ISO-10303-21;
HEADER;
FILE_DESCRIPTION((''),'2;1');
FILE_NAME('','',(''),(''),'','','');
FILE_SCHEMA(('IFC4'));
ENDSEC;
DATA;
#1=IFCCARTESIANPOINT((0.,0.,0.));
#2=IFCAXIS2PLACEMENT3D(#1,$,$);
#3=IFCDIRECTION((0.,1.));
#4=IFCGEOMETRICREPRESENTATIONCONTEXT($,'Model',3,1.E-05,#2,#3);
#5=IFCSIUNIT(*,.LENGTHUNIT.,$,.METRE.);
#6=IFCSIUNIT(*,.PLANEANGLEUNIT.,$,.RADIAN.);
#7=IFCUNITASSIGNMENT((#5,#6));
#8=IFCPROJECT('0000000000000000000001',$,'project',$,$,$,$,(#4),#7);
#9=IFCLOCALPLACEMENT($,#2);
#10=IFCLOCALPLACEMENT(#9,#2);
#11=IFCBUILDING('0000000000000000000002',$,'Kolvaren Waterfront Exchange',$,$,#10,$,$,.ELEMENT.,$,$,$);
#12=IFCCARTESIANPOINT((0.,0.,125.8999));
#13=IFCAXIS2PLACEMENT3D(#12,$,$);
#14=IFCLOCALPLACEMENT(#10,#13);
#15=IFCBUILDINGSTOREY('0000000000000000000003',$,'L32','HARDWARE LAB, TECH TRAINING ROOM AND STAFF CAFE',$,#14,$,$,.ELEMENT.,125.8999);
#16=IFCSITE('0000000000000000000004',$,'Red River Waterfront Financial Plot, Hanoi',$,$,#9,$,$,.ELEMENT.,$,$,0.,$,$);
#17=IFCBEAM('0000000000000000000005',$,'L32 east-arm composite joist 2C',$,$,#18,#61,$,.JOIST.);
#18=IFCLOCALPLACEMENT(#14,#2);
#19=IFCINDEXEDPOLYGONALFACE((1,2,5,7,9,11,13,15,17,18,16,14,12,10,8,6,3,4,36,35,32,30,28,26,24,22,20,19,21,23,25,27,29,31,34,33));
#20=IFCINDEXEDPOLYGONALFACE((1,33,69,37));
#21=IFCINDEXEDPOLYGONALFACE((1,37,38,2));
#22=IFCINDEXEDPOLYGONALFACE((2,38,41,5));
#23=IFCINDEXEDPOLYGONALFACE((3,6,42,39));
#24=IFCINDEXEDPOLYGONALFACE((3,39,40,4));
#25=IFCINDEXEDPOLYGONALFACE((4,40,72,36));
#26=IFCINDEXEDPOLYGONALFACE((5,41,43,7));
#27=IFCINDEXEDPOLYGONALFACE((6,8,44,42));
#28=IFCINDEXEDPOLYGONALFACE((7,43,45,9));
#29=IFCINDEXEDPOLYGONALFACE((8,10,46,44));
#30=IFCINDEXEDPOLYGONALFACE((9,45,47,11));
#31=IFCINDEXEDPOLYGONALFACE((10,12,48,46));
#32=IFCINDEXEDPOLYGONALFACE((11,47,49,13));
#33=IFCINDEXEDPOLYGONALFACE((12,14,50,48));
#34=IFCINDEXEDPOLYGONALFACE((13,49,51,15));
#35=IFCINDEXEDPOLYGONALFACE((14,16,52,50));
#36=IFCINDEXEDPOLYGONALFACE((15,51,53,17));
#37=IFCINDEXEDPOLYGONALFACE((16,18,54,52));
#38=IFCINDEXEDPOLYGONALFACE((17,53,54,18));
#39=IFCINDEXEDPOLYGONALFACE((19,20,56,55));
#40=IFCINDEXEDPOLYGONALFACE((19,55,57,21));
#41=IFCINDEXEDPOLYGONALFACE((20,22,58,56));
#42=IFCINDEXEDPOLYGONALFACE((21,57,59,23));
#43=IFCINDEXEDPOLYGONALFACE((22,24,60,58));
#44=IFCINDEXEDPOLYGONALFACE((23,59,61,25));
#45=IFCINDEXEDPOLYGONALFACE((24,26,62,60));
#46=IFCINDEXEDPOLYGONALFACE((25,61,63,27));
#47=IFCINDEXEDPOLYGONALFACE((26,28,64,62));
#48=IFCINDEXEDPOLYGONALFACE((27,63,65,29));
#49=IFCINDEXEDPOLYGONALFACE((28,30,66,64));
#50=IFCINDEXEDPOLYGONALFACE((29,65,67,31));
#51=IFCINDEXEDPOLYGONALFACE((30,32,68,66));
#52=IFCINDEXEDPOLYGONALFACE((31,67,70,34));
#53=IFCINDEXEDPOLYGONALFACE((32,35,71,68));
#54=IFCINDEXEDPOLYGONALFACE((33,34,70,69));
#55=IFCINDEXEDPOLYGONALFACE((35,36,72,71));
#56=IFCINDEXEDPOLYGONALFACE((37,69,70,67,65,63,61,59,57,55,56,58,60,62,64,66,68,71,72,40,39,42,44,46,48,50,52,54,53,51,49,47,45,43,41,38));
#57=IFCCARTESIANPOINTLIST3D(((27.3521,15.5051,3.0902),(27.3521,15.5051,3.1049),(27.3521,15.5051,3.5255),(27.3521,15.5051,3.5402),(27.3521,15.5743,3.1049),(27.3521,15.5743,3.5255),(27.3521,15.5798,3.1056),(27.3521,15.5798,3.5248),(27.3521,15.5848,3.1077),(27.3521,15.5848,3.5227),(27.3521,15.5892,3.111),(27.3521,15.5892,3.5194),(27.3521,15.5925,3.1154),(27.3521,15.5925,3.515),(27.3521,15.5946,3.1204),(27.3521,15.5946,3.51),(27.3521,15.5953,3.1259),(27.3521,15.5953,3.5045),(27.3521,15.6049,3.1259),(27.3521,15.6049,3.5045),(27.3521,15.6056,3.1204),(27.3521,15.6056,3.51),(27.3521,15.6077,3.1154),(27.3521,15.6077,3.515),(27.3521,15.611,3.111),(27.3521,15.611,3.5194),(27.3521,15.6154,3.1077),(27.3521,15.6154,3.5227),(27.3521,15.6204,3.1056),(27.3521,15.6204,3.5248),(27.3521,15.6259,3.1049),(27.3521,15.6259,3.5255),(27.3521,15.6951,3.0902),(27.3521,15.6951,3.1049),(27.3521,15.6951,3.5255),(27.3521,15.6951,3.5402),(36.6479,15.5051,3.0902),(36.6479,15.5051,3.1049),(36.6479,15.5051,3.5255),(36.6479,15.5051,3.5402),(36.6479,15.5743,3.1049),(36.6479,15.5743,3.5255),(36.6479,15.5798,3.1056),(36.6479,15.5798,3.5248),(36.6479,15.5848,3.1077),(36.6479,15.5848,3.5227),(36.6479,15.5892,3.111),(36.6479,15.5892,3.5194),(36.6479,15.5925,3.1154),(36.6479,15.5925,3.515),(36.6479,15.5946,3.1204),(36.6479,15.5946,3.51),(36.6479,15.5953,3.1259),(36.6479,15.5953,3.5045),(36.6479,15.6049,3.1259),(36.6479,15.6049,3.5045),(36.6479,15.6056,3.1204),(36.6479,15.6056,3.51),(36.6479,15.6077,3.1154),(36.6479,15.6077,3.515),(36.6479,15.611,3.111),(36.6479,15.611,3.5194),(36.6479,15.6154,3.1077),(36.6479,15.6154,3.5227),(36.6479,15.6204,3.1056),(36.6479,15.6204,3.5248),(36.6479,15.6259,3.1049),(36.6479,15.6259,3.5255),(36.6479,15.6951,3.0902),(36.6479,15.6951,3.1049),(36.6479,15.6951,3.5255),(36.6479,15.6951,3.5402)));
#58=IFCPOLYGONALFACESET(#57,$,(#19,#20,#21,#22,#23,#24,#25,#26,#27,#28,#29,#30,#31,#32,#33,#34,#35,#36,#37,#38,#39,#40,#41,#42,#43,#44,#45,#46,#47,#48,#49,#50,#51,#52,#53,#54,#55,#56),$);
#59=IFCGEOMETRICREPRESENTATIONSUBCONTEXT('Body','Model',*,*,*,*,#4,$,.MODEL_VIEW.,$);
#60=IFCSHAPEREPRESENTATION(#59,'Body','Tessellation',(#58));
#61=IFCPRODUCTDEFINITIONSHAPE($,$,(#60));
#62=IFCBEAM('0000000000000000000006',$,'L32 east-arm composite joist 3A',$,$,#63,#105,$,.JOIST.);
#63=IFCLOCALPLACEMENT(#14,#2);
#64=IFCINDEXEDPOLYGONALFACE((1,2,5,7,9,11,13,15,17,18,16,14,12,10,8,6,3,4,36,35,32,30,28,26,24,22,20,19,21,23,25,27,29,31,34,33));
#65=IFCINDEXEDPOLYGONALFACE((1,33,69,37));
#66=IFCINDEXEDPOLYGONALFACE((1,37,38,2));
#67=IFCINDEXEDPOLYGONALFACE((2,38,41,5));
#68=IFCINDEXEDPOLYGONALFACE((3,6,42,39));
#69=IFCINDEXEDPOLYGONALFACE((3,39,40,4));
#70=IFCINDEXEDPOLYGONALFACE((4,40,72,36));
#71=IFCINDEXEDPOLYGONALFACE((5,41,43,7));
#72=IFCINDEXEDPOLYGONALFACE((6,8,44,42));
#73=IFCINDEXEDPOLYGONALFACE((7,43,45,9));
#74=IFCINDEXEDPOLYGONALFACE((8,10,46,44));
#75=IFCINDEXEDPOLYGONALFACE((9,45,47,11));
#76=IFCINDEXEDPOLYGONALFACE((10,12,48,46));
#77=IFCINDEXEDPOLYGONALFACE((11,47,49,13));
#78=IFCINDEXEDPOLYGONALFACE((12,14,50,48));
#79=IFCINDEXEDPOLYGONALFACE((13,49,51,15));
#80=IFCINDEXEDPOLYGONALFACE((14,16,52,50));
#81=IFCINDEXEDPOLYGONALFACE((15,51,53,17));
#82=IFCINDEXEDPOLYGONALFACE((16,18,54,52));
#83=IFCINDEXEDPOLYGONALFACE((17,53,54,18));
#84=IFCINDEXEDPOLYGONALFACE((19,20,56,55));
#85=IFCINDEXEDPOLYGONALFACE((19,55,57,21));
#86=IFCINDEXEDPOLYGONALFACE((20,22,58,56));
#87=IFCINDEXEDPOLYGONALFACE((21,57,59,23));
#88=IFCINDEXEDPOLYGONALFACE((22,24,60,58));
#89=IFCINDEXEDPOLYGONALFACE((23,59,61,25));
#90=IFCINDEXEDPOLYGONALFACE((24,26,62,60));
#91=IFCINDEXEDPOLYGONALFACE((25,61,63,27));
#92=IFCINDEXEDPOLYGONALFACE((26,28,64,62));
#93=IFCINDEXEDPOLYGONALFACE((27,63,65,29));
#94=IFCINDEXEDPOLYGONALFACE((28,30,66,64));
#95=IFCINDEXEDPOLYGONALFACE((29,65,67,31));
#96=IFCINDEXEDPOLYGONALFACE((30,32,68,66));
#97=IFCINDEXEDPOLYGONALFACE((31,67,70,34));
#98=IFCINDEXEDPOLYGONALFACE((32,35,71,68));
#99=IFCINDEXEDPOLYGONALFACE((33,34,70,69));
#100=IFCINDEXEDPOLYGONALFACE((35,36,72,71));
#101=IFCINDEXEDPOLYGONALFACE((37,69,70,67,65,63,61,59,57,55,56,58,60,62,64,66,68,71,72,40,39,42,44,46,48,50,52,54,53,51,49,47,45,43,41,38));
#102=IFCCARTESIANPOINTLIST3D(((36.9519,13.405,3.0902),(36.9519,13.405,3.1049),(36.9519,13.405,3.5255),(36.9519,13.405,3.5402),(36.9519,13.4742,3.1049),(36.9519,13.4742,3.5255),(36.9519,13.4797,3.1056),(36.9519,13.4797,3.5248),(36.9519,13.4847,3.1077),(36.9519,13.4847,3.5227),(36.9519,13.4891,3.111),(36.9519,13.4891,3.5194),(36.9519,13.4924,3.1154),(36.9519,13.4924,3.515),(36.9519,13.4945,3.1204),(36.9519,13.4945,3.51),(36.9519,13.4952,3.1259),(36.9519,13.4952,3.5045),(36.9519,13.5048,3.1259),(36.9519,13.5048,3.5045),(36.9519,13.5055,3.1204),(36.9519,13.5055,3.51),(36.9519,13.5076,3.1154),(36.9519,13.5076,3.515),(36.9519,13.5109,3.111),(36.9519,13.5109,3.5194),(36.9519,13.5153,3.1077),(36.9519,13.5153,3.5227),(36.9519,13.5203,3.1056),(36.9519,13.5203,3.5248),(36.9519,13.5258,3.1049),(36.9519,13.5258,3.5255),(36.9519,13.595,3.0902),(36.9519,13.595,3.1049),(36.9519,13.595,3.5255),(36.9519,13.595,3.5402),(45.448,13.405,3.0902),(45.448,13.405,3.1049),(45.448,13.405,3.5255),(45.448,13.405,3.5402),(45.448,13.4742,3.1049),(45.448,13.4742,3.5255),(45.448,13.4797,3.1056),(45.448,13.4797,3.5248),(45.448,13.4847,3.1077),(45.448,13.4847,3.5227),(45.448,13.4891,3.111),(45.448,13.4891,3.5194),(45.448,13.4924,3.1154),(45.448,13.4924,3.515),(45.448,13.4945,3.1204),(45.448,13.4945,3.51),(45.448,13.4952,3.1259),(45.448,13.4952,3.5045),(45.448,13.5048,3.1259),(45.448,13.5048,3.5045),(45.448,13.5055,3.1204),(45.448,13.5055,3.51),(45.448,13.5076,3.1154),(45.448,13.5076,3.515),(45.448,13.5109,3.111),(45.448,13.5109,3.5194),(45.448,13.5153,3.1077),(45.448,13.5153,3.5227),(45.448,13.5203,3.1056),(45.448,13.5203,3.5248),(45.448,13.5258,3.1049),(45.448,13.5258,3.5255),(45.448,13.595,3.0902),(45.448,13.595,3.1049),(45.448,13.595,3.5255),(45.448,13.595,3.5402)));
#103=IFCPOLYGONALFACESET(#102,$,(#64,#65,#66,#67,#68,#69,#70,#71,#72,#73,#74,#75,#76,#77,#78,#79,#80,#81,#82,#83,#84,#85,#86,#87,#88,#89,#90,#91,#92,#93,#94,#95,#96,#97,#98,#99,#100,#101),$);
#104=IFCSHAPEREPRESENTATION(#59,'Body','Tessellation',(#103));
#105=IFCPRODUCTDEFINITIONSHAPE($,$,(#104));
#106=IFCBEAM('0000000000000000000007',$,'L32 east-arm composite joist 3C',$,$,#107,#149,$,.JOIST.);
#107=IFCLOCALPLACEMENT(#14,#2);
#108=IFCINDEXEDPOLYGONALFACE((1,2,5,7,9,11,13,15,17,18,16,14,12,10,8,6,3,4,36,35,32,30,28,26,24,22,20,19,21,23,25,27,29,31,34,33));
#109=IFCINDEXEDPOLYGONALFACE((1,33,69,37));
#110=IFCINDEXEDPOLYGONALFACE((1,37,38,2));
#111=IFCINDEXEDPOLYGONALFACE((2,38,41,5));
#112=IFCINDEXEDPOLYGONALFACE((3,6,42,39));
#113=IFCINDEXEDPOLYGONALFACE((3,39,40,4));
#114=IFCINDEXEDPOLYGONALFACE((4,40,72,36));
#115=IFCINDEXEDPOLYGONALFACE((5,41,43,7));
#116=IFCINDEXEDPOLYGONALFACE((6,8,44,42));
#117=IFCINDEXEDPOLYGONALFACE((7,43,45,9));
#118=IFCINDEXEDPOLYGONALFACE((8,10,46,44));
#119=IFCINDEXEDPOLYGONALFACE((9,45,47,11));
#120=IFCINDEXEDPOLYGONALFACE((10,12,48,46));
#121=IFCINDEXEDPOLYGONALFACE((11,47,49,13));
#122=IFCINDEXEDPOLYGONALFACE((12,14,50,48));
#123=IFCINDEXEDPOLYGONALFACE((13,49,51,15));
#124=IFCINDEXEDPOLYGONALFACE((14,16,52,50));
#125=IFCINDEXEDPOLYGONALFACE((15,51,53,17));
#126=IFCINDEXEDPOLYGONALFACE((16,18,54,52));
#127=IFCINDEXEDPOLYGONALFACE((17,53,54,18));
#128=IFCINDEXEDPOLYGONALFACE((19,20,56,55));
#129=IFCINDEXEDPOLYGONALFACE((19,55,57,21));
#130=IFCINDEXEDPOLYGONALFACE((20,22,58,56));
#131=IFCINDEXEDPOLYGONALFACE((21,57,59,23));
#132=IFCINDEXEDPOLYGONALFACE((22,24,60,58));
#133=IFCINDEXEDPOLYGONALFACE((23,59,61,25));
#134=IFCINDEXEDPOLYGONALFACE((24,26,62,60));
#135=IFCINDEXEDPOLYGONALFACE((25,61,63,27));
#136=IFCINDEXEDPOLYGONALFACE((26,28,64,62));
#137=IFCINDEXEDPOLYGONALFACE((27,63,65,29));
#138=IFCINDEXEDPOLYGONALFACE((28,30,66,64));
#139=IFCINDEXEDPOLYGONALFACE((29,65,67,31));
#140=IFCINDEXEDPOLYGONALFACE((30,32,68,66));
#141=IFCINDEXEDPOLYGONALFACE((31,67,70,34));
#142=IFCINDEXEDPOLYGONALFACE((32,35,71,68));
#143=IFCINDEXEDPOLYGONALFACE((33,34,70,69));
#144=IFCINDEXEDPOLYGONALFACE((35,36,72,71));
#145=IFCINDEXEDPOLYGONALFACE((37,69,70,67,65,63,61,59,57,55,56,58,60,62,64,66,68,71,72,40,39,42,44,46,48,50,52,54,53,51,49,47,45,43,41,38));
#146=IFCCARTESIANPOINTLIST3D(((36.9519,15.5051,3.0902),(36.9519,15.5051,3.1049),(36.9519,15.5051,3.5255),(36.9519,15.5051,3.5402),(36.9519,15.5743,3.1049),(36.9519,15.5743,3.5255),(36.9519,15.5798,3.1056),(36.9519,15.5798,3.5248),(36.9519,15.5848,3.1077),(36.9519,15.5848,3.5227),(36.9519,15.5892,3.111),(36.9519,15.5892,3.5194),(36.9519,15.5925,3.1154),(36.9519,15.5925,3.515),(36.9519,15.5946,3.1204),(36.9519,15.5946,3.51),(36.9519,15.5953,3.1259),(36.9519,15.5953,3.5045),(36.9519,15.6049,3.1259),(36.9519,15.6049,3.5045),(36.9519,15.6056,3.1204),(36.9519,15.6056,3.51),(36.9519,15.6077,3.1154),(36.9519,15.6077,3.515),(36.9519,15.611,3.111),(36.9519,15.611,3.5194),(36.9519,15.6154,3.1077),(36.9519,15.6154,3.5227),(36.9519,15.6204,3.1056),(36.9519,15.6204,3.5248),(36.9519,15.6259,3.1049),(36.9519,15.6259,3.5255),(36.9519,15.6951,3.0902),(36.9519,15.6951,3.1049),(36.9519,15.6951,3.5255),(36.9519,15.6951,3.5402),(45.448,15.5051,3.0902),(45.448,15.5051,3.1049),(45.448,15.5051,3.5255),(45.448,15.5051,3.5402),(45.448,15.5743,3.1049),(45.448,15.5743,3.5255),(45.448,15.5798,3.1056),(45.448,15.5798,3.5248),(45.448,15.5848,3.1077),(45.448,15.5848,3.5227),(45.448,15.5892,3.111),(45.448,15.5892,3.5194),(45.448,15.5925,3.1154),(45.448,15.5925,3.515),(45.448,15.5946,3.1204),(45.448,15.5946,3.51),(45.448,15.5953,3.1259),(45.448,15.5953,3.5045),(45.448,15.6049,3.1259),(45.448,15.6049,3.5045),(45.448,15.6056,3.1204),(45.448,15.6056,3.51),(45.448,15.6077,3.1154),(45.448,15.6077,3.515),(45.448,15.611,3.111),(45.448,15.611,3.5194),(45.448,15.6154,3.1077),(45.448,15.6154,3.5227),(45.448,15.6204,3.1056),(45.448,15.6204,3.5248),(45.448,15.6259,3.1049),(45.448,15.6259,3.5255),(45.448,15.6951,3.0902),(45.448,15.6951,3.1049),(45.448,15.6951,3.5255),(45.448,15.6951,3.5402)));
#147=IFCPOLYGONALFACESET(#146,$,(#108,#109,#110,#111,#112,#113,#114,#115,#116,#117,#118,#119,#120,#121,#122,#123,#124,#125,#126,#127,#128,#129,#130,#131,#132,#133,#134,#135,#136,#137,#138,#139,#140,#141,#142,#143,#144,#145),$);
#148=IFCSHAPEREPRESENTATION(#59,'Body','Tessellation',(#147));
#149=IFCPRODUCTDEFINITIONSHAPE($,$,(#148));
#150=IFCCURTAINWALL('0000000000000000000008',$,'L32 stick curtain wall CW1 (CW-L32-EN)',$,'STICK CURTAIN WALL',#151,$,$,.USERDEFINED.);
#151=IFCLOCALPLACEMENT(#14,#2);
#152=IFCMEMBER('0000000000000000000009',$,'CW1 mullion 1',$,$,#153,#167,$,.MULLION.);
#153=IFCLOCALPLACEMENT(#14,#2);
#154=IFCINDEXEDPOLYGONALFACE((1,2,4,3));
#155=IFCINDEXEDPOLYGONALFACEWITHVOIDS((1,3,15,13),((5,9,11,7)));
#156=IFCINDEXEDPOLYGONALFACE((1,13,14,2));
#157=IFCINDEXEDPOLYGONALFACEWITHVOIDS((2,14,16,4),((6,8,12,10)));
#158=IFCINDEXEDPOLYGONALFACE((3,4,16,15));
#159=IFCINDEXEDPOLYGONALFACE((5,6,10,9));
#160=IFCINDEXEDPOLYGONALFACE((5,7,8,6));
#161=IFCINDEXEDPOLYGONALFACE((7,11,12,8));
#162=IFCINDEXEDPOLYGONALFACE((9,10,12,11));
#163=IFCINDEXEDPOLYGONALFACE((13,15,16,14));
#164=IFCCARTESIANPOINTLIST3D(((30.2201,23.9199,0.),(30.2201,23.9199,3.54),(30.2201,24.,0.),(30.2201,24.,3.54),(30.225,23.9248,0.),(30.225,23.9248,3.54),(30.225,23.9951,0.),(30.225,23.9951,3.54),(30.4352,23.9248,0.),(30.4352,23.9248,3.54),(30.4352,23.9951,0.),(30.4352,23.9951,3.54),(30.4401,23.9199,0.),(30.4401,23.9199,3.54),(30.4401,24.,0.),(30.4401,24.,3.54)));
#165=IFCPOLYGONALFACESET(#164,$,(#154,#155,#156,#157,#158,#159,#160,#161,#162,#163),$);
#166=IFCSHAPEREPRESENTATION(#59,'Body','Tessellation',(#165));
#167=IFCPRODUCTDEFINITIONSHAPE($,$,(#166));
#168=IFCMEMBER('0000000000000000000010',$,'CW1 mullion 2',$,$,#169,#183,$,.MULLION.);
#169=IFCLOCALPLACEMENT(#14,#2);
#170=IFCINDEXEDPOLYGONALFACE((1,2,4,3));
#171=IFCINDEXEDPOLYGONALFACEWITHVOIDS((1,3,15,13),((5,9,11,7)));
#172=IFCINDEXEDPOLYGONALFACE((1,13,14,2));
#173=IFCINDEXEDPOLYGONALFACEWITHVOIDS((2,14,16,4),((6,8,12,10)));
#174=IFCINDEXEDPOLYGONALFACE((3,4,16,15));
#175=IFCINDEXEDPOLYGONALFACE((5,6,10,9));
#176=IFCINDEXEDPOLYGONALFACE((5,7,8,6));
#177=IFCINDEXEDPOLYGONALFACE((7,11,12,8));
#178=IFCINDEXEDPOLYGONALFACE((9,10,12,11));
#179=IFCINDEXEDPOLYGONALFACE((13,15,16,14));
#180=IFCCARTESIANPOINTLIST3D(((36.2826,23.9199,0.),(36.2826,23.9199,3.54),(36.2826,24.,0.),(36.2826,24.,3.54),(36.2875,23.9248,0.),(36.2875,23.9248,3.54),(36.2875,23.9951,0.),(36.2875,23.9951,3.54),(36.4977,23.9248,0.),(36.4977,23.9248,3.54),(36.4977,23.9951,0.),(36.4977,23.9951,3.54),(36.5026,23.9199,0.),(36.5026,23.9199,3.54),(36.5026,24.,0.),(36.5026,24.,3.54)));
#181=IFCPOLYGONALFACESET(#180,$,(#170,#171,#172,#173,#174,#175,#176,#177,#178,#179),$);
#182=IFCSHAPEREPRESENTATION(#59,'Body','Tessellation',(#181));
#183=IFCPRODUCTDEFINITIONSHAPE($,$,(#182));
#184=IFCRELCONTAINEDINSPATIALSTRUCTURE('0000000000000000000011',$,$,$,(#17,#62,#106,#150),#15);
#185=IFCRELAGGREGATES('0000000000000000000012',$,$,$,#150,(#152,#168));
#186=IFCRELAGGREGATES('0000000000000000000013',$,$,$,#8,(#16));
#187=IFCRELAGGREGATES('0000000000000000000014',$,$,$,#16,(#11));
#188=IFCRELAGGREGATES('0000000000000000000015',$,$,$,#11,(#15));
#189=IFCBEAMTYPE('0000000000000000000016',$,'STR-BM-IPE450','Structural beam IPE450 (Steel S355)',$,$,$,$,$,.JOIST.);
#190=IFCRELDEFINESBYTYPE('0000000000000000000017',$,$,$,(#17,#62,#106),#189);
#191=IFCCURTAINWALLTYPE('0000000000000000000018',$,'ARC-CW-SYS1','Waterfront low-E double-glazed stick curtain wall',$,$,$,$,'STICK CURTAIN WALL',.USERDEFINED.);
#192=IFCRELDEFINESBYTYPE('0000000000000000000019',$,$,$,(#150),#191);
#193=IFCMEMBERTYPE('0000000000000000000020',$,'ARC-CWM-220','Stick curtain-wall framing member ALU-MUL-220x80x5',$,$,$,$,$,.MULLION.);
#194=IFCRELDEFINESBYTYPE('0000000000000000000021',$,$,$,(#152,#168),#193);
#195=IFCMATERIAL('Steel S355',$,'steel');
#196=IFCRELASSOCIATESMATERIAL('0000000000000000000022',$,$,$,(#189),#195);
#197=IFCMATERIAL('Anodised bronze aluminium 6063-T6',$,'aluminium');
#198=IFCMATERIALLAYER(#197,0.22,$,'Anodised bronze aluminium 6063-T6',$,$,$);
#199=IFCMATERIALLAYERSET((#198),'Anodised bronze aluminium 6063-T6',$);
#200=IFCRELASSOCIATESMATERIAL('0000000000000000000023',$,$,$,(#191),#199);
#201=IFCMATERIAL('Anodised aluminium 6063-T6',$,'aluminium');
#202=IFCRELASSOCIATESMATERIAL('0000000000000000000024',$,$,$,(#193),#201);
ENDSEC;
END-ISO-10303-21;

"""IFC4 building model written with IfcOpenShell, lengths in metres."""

from ifc_helpers import new_model, si_unit, direction, frame, origin, origin_with_axes, origin_2d, place, context, subcontext, project, spatial, hollow_rectangle, i_section, extrude, source, transform, mapped, material, layer, layer_set, material_profile, profile_set, type_object, element, aggregate, save


model = new_model("IFC4")

# Units and contexts
model_context = context("Model", 3, precision=1e-05, world=origin(), true_north=direction((0.0, 1.0)))
body_context = subcontext(model_context, "Body", "Model", "MODEL_VIEW")
ifc_project = project(units=[si_unit("LENGTHUNIT", "METRE"), si_unit("PLANEANGLEUNIT", "RADIAN")], contexts=[model_context])

# Site, building, storey
site_placement = place(None, origin())
site = spatial("IfcSite", under=ifc_project, at=site_placement, Name="Red River Waterfront Financial Plot, Hanoi", CompositionType="ELEMENT", RefElevation=0.0)
building_placement = place(site_placement, origin())
building = spatial("IfcBuilding", under=site, at=building_placement, Name="Kolvaren Waterfront Exchange", CompositionType="ELEMENT")
storey_placement = place(building_placement, frame((0.0, 0.0, 125.8999)))
storey = spatial("IfcBuildingStorey", under=building, at=storey_placement, Name="L32", Description="HARDWARE LAB, TECH TRAINING ROOM AND STAFF CAFE", CompositionType="ELEMENT", Elevation=125.8999)

# Beams
ifc_material_1 = material(Name="Steel S355", Category="steel")
ifc_material_profile_1 = material_profile(ifc_material_1, i_section(OverallWidth=0.1899, OverallDepth=0.45, WebThickness=0.0095, FlangeThickness=0.0146, FilletRadius=0.021, at=origin_2d()), Name="IPE450")
ifc_profile_set_1 = profile_set([ifc_material_profile_1], Name="Steel S355")
beam_type_1 = type_object("IfcBeamType", Name="STR-BM-IPE450", Description="Structural beam IPE450 (Steel S355)", PredefinedType="JOIST", material=ifc_profile_set_1)
for number, where, z_axis, x_axis, name in (
    (1, (27.3521, 15.6001, 3.3152), (1.0, 0.0, 0.0), (0.0, 1.0, 0.0), "L32 east-arm composite joist 2C"),
):
    element("IfcBeam", number, at=place(storey_placement, frame(where, z_axis=z_axis, x_axis=x_axis)), inside=storey, type_object=beam_type_1, Name=name, PredefinedType="JOIST", context=body_context, shape_type="SweptSolid", body=[
        extrude(i_section(OverallWidth=0.1899, OverallDepth=0.45, WebThickness=0.0095, FlangeThickness=0.0146, FilletRadius=0.021, at=origin_2d()), origin(), (0.0, 0.0, 1.0), 9.2959),
    ])
for number, where, z_axis, x_axis, name in (
    (2, (36.9519, 13.5, 3.3152), (1.0, 0.0, 0.0), (0.0, 1.0, 0.0), "L32 east-arm composite joist 3A"),
    (3, (36.9519, 15.6001, 3.3152), (1.0, 0.0, 0.0), (0.0, 1.0, 0.0), "L32 east-arm composite joist 3C"),
):
    element("IfcBeam", number, at=place(storey_placement, frame(where, z_axis=z_axis, x_axis=x_axis)), inside=storey, type_object=beam_type_1, Name=name, PredefinedType="JOIST", context=body_context, shape_type="SweptSolid", body=[
        extrude(i_section(OverallWidth=0.1899, OverallDepth=0.45, WebThickness=0.0095, FlangeThickness=0.0146, FilletRadius=0.021, at=origin_2d()), origin(), (0.0, 0.0, 1.0), 8.4961),
    ])

# Curtain wall, members
ifc_material_2 = material(Name="Anodised bronze aluminium 6063-T6", Category="aluminium")
ifc_layer_1 = layer(ifc_material_2, 0.22, Name="Anodised bronze aluminium 6063-T6")
ifc_layer_set_1 = layer_set([ifc_layer_1], Name="Anodised bronze aluminium 6063-T6")
curtain_wall_type = type_object("IfcCurtainWallType", Name="ARC-CW-SYS1", Description="Waterfront low-E double-glazed stick curtain wall", ElementType="STICK CURTAIN WALL", PredefinedType="USERDEFINED", material=ifc_layer_set_1)
curtain_wall_placement = place(storey_placement, origin())
curtain_wall = element("IfcCurtainWall", 4, at=curtain_wall_placement, inside=storey, type_object=curtain_wall_type, Name="L32 stick curtain wall CW1 (CW-L32-EN)", ObjectType="STICK CURTAIN WALL", PredefinedType="USERDEFINED")
ifc_material_3 = material(Name="Anodised aluminium 6063-T6", Category="aluminium")
ifc_material_profile_2 = material_profile(ifc_material_3, hollow_rectangle(XDim=0.0801, YDim=0.22, WallThickness=0.0049, at=origin_2d()), Name="ALU-MUL-220x80x5")
ifc_profile_set_2 = profile_set([ifc_material_profile_2], Name="Anodised aluminium 6063-T6")
member_type_1 = type_object("IfcMemberType", Name="ARC-CWM-220", Description="Stick curtain-wall framing member ALU-MUL-220x80x5", PredefinedType="MULLION", material=ifc_profile_set_2)
shared_shape_1 = source(origin_with_axes(), body_context, "Body", "SweptSolid", [
    extrude(hollow_rectangle(XDim=0.0801, YDim=0.22, WallThickness=0.0049, at=origin_2d()), origin(), (0.0, 0.0, 1.0), 3.54),
])
member_1_placement = place(storey_placement, frame((30.3301, 23.96, 0.0), z_axis=(0.0, 0.0, 1.0), x_axis=(0.0, 1.0, 0.0)))
member_1 = element("IfcMember", 5, at=member_1_placement, type_object=member_type_1, Name="CW1 mullion 1", PredefinedType="MULLION", context=body_context, shape_type="MappedRepresentation", body=[
    mapped(shared_shape_1, transform((0.0, 0.0, 0.0), x_axis=(1.0, 0.0, 0.0), y_axis=(0.0, 1.0, 0.0), z_axis=(0.0, 0.0, 1.0), scale=1.0)),
])
member_2_placement = place(storey_placement, frame((36.3926, 23.96, 0.0), z_axis=(0.0, 0.0, 1.0), x_axis=(0.0, 1.0, 0.0)))
member_2 = element("IfcMember", 6, at=member_2_placement, type_object=member_type_1, Name="CW1 mullion 2", PredefinedType="MULLION", context=body_context, shape_type="MappedRepresentation", body=[
    mapped(shared_shape_1, transform((0.0, 0.0, 0.0), x_axis=(1.0, 0.0, 0.0), y_axis=(0.0, 1.0, 0.0), z_axis=(0.0, 0.0, 1.0), scale=1.0)),
])
aggregate(curtain_wall, [member_1, member_2])

save(model, "model.ifc")
